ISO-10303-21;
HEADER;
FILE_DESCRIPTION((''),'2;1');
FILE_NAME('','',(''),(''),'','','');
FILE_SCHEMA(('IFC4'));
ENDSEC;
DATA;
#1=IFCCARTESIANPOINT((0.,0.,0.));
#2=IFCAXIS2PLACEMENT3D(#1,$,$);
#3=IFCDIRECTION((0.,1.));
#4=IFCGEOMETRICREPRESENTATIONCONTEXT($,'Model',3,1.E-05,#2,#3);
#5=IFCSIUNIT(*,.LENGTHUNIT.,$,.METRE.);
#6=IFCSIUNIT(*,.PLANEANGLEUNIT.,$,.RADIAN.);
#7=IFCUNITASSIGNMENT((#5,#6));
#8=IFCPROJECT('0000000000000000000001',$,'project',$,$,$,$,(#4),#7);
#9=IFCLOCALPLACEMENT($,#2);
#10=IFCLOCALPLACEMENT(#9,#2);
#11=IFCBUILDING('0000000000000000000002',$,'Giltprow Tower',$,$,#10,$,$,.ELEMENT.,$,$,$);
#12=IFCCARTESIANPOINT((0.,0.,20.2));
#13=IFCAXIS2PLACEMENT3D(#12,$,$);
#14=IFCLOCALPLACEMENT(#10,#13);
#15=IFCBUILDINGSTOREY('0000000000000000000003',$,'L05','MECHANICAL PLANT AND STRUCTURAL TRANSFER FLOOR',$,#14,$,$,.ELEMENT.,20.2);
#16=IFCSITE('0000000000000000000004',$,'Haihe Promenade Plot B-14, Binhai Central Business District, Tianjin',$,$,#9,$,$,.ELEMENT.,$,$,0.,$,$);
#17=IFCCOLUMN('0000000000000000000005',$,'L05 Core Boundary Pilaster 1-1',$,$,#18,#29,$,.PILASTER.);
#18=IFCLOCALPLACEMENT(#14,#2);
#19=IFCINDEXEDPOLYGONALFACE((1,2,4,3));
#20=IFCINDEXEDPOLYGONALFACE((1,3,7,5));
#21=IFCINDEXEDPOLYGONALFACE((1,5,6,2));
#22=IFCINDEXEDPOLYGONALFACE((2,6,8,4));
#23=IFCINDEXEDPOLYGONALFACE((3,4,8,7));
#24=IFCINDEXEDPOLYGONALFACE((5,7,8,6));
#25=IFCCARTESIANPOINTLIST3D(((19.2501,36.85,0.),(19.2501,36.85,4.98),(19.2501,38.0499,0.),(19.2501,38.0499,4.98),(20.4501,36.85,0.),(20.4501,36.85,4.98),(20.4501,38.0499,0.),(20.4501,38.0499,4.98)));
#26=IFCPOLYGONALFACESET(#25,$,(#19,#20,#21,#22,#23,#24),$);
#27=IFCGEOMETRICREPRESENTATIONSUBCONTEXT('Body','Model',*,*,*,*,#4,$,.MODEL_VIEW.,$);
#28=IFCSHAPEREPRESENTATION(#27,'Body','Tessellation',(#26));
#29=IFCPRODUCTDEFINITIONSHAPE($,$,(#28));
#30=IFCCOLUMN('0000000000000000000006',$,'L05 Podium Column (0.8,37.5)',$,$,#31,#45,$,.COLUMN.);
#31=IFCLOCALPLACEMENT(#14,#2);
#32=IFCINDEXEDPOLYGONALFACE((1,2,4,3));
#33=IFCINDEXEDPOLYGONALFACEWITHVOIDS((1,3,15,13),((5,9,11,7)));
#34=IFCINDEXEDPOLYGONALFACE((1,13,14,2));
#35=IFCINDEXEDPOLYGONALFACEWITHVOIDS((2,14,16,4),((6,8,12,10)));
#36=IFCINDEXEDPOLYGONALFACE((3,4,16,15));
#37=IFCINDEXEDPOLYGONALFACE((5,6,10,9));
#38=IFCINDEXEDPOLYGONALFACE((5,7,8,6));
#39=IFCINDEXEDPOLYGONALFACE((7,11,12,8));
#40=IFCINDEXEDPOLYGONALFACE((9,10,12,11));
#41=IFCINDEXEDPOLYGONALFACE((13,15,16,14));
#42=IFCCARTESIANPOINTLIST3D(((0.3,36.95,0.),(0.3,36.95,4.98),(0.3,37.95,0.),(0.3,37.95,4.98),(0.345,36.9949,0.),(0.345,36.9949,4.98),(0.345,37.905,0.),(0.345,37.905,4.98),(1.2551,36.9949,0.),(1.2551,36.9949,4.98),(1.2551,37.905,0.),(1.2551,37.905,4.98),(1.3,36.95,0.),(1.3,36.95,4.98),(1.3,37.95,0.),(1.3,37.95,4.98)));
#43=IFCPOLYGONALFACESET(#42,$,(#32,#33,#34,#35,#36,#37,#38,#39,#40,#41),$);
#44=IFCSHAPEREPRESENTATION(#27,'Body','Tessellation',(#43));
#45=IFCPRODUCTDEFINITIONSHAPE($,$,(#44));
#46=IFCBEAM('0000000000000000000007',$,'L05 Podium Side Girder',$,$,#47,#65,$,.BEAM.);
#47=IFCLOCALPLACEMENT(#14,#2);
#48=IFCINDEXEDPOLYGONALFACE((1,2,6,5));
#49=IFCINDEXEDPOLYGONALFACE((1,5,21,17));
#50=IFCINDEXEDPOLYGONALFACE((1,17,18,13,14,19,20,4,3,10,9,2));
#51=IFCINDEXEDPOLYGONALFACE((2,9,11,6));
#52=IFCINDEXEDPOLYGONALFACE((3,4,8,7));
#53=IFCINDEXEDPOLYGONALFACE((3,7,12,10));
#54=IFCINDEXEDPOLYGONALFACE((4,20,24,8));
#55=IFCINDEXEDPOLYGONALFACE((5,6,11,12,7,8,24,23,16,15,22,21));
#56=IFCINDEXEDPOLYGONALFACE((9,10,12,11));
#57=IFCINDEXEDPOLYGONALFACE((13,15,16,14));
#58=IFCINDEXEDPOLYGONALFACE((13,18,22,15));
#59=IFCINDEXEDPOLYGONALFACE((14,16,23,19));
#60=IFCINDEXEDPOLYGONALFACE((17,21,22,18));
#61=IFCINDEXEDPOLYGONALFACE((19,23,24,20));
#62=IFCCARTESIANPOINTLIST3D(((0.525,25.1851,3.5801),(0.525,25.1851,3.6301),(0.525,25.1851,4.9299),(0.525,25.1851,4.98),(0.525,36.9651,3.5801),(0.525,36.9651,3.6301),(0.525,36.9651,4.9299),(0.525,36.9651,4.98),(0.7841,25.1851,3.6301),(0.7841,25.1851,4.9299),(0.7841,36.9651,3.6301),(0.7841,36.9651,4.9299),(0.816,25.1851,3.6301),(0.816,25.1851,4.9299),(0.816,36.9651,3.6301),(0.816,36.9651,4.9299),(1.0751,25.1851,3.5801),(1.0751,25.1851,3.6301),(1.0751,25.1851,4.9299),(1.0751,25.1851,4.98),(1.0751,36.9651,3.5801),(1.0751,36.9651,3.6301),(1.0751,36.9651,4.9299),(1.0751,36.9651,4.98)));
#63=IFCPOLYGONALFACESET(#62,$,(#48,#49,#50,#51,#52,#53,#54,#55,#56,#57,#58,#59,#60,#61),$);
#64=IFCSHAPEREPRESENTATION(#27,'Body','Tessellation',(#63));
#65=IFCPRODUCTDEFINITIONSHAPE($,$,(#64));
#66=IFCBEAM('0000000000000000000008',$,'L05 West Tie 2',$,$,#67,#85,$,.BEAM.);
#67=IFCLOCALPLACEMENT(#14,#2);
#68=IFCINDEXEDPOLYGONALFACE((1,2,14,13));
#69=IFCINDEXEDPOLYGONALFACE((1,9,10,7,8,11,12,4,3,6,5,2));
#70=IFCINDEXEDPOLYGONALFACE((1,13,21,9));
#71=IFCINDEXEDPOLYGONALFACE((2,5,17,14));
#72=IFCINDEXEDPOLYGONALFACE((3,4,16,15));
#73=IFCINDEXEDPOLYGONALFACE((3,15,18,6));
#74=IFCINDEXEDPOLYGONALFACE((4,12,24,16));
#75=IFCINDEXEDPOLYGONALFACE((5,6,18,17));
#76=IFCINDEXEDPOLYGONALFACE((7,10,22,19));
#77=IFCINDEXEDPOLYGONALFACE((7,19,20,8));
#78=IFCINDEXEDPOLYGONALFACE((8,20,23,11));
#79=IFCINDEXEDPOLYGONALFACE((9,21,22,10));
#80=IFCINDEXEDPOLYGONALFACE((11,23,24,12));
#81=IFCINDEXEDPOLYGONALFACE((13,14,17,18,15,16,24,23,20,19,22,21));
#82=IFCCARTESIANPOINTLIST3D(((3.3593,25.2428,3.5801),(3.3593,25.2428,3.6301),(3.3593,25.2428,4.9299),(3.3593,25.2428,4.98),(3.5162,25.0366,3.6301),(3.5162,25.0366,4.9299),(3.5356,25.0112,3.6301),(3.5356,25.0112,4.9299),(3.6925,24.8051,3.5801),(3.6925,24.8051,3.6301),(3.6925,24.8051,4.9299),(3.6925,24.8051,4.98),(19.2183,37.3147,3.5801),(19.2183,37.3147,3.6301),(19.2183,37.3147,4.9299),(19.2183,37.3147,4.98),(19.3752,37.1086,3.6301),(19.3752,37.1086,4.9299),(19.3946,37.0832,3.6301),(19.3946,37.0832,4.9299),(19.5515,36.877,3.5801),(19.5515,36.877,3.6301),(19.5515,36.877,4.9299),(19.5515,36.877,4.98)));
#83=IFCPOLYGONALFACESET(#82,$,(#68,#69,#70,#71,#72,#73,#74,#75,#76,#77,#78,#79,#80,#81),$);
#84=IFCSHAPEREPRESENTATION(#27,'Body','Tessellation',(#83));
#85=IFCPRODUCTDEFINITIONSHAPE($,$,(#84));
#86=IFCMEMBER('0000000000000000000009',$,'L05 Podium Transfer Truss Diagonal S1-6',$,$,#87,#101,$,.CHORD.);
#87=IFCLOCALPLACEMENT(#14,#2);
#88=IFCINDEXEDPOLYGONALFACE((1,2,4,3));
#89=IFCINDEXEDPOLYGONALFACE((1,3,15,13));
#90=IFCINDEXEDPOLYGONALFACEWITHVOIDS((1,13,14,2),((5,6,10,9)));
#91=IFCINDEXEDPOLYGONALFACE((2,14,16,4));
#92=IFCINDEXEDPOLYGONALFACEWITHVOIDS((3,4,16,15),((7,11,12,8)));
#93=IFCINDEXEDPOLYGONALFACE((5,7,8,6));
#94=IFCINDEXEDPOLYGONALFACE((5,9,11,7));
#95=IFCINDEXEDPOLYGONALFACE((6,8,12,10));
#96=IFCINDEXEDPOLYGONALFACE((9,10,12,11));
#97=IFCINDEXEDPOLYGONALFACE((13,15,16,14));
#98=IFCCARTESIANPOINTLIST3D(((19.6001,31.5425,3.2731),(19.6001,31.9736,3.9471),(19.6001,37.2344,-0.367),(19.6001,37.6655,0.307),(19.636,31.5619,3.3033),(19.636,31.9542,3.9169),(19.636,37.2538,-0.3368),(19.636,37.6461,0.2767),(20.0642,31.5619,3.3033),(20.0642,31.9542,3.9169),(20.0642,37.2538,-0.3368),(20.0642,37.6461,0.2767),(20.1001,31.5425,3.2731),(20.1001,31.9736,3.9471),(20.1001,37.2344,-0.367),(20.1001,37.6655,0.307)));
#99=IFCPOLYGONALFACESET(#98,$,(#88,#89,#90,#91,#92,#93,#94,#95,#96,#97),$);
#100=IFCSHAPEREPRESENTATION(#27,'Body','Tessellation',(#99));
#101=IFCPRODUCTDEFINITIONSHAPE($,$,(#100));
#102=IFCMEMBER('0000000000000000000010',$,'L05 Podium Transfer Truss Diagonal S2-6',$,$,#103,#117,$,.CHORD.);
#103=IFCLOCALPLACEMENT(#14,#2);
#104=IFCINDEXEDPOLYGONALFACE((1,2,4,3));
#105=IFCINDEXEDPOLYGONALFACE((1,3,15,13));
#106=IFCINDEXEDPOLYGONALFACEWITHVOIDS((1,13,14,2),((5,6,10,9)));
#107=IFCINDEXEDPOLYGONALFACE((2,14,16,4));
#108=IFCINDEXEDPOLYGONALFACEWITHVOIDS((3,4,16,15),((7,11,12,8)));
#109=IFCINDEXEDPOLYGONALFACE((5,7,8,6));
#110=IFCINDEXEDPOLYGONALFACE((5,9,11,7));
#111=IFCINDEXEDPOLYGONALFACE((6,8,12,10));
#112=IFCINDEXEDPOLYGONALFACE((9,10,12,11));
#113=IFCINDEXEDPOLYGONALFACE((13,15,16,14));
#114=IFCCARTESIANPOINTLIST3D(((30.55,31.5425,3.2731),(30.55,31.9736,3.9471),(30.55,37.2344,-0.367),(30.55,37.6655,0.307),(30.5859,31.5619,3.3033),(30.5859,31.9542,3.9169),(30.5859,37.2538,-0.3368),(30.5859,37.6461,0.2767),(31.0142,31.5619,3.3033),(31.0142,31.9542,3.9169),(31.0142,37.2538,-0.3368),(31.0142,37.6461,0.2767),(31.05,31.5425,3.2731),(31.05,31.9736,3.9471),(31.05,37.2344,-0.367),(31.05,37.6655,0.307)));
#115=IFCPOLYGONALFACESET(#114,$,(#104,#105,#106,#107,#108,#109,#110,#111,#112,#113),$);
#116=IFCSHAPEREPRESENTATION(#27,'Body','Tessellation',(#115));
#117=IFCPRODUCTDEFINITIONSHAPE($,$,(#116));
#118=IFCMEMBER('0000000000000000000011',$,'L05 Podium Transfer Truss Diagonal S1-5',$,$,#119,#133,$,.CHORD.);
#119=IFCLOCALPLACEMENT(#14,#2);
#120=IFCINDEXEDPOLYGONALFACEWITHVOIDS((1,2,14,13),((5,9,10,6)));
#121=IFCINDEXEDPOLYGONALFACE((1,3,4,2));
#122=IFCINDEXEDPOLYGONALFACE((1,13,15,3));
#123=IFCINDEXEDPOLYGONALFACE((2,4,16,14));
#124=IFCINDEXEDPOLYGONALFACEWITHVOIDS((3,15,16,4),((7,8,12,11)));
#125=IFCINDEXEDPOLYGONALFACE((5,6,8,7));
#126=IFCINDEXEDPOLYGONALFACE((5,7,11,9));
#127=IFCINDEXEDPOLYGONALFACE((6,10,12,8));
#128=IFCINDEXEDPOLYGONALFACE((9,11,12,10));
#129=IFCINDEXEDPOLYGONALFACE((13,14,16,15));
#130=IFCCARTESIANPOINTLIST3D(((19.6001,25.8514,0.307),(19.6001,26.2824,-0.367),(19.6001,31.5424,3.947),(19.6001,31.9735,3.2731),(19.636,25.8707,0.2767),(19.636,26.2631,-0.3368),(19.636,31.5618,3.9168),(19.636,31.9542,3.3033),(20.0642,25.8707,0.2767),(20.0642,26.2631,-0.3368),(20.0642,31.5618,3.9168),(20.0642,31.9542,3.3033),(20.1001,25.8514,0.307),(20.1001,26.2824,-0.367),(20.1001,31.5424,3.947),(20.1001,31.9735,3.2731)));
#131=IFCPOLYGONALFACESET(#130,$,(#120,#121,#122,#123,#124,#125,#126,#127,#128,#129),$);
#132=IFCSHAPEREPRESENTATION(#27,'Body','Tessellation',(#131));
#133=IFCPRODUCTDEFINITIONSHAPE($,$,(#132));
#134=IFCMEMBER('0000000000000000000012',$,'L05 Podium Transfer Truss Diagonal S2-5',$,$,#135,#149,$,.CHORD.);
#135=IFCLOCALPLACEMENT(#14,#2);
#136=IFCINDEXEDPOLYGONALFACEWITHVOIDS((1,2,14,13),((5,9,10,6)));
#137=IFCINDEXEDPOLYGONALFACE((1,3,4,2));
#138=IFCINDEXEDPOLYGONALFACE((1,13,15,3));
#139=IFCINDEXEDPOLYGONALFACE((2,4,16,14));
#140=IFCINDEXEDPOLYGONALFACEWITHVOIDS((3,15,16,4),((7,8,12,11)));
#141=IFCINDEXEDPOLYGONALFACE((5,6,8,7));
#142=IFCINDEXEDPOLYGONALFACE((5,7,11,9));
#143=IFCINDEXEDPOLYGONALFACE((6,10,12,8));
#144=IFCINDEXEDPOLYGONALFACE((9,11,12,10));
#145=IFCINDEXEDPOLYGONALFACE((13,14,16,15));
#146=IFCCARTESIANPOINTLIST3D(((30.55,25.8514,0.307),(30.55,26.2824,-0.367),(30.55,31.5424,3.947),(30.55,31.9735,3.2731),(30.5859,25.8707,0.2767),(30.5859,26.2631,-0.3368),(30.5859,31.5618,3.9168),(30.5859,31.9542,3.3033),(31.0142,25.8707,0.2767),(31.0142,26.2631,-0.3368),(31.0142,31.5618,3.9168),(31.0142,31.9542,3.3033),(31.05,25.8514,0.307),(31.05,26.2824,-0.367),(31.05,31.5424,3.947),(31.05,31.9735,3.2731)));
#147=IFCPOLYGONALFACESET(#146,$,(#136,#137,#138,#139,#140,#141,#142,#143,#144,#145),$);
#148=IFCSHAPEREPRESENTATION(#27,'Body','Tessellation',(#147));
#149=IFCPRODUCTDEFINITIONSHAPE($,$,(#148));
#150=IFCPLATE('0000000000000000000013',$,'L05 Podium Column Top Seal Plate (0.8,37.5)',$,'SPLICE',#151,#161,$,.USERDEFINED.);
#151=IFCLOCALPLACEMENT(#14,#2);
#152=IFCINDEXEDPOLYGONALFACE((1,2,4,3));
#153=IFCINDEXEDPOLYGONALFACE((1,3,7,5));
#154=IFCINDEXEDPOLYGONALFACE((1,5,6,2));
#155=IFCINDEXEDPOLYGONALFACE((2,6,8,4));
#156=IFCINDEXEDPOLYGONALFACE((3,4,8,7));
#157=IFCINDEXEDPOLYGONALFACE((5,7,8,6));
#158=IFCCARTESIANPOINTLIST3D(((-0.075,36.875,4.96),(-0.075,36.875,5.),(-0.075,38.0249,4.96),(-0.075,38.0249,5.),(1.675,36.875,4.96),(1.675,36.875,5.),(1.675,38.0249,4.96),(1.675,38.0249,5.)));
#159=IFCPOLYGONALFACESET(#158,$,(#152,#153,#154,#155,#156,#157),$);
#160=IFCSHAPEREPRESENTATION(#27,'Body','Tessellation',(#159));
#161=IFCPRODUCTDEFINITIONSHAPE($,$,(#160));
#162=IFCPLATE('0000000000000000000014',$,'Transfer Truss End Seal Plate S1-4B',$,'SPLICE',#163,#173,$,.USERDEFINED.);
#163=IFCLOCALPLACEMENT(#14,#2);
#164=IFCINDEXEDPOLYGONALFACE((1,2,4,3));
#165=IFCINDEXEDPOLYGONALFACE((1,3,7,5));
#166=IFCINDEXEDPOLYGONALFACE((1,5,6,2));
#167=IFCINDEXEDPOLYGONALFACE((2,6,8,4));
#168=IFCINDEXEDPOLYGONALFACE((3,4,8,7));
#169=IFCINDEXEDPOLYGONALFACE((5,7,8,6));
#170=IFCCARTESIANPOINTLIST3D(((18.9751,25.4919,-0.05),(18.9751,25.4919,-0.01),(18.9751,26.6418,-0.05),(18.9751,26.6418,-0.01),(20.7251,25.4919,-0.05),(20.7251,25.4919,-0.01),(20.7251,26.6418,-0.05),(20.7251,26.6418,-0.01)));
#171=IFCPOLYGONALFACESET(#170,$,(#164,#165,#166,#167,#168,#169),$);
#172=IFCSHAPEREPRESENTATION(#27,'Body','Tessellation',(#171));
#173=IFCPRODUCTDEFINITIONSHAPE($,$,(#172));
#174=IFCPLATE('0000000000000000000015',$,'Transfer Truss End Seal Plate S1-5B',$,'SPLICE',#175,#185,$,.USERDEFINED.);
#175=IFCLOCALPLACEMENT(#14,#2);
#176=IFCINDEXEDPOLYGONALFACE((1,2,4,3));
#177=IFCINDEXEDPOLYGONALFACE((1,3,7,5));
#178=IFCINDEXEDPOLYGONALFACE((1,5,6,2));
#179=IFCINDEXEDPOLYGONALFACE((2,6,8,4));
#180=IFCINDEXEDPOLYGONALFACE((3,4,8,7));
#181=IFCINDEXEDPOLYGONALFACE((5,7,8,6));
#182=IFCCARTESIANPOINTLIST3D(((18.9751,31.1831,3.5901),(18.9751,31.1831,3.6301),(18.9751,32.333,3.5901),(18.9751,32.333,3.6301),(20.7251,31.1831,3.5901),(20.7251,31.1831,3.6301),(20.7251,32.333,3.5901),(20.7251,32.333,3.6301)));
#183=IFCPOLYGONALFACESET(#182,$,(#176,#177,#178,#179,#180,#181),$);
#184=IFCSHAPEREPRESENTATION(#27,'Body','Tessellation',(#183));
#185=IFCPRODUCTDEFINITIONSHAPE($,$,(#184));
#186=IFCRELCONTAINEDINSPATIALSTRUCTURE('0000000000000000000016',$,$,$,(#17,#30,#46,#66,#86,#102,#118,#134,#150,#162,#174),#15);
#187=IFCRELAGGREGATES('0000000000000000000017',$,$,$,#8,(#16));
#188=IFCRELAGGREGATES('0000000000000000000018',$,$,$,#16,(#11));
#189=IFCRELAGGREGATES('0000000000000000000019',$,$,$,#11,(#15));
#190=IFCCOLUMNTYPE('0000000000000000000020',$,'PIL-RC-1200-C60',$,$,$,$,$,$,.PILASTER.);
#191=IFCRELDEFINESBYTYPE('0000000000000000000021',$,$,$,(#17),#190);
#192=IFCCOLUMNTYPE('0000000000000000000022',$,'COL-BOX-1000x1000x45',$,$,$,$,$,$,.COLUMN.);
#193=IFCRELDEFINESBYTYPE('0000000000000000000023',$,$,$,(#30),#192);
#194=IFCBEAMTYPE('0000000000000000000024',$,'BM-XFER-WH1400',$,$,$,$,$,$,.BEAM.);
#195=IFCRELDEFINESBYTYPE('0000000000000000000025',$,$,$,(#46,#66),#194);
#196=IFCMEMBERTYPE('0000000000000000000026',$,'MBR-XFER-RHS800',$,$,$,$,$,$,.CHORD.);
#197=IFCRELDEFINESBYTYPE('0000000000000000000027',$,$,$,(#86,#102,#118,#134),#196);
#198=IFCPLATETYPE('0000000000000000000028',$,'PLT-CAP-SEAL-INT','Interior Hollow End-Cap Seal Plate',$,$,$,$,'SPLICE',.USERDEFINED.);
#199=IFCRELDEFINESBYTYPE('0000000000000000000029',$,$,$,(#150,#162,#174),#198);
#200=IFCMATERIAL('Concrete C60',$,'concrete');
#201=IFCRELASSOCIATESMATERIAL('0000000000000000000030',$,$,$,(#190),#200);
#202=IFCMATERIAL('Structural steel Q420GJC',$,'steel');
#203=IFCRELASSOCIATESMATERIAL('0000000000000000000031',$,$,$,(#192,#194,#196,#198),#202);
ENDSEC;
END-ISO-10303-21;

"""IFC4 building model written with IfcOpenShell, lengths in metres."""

from ifc_helpers import new_model, si_unit, direction, frame, origin, origin_2d, place, context, subcontext, project, spatial, rectangle, hollow_rectangle, i_section, extrude, source, transform, mapped, material, material_profile, profile_set, type_object, element, save


model = new_model("IFC4")

# Units and contexts
model_context = context("Model", 3, precision=1e-05, world=origin(), true_north=direction((0.0, 1.0)))
body_context = subcontext(model_context, "Body", "Model", "MODEL_VIEW")
ifc_project = project(units=[si_unit("LENGTHUNIT", "METRE"), si_unit("PLANEANGLEUNIT", "RADIAN")], contexts=[model_context])

# Site, building, storey
site_placement = place(None, origin())
site = spatial("IfcSite", under=ifc_project, at=site_placement, Name="Haihe Promenade Plot B-14, Binhai Central Business District, Tianjin", CompositionType="ELEMENT", RefElevation=0.0)
building_placement = place(site_placement, origin())
building = spatial("IfcBuilding", under=site, at=building_placement, Name="Giltprow Tower", CompositionType="ELEMENT")
storey_placement = place(building_placement, frame((0.0, 0.0, 20.2)))
storey = spatial("IfcBuildingStorey", under=building, at=storey_placement, Name="L05", Description="MECHANICAL PLANT AND STRUCTURAL TRANSFER FLOOR", CompositionType="ELEMENT", Elevation=20.2)

# Columns
ifc_material_1 = material(Name="Concrete C60", Category="concrete")
ifc_material_profile_1 = material_profile(ifc_material_1, rectangle(XDim=1.2, YDim=1.2, at=origin_2d()), Name="RC 1200x1200")
ifc_profile_set_1 = profile_set([ifc_material_profile_1], Name="Concrete C60")
column_type_1 = type_object("IfcColumnType", Name="PIL-RC-1200-C60", PredefinedType="PILASTER", material=ifc_profile_set_1)
shared_shape_1 = source(origin(), body_context, "Body", "SweptSolid", [
    extrude(rectangle(XDim=1.2, YDim=1.2, at=origin_2d()), origin(), (0.0, 0.0, 1.0), 4.98),
])
column_1_placement = place(storey_placement, frame((19.8501, 37.45, 0.0), z_axis=(0.0, 0.0, 1.0), x_axis=(1.0, 0.0, 0.0)))
element("IfcColumn", 1, at=column_1_placement, inside=storey, type_object=column_type_1, Name="L05 Core Boundary Pilaster 1-1", PredefinedType="PILASTER", context=body_context, shape_type="MappedRepresentation", body=[
    mapped(shared_shape_1, transform((0.0, 0.0, 0.0), x_axis=(1.0, 0.0, 0.0), y_axis=(0.0, 1.0, 0.0), z_axis=(0.0, 0.0, 1.0), scale=1.0)),
])
ifc_material_2 = material(Name="Structural steel Q420GJC", Category="steel")
ifc_material_profile_2 = material_profile(ifc_material_2, hollow_rectangle(XDim=1.0, YDim=1.0, WallThickness=0.0449, at=origin_2d()), Name="BOX 1000x1000x45")
ifc_profile_set_2 = profile_set([ifc_material_profile_2], Name="Structural steel Q420GJC")
column_type_2 = type_object("IfcColumnType", Name="COL-BOX-1000x1000x45", PredefinedType="COLUMN", material=ifc_profile_set_2)
shared_shape_2 = source(origin(), body_context, "Body", "SweptSolid", [
    extrude(hollow_rectangle(XDim=1.0, YDim=1.0, WallThickness=0.0449, at=origin_2d()), origin(), (0.0, 0.0, 1.0), 4.98),
])
column_2_placement = place(storey_placement, frame((0.8, 37.45, 0.0), z_axis=(0.0, 0.0, 1.0), x_axis=(1.0, 0.0, 0.0)))
element("IfcColumn", 2, at=column_2_placement, inside=storey, type_object=column_type_2, Name="L05 Podium Column (0.8,37.5)", PredefinedType="COLUMN", context=body_context, shape_type="MappedRepresentation", body=[
    mapped(shared_shape_2, transform((0.0, 0.0, 0.0), x_axis=(1.0, 0.0, 0.0), y_axis=(0.0, 1.0, 0.0), z_axis=(0.0, 0.0, 1.0), scale=1.0)),
])

# Beams
ifc_material_profile_3 = material_profile(ifc_material_2, i_section(OverallWidth=0.55, OverallDepth=1.3999, WebThickness=0.032, FlangeThickness=0.05, at=origin_2d()), Name="WH 1400x550x32x50")
ifc_profile_set_3 = profile_set([ifc_material_profile_3], Name="Structural steel Q420GJC")
beam_type = type_object("IfcBeamType", Name="BM-XFER-WH1400", PredefinedType="BEAM", material=ifc_profile_set_3)
shared_shape_3 = source(origin(), body_context, "Body", "SweptSolid", [
    extrude(i_section(OverallWidth=0.55, OverallDepth=1.3999, WebThickness=0.032, FlangeThickness=0.05, at=origin_2d()), origin(), (0.0, 0.0, 1.0), 11.78),
])
beam_1_placement = place(storey_placement, frame((0.8, 25.1851, 4.28), z_axis=(0.0, 1.0, 0.0), x_axis=(-1.0, 0.0, 0.0)))
element("IfcBeam", 3, at=beam_1_placement, inside=storey, type_object=beam_type, Name="L05 Podium Side Girder", PredefinedType="BEAM", context=body_context, shape_type="MappedRepresentation", body=[
    mapped(shared_shape_3, transform((0.0, 0.0, 0.0), x_axis=(1.0, 0.0, 0.0), y_axis=(0.0, 1.0, 0.0), z_axis=(0.0, 0.0, 1.0), scale=1.0)),
])
shared_shape_4 = source(origin(), body_context, "Body", "SweptSolid", [
    extrude(i_section(OverallWidth=0.55, OverallDepth=1.3999, WebThickness=0.032, FlangeThickness=0.05, at=origin_2d()), origin(), (0.0, 0.0, 1.0), 19.9309),
])
beam_2_placement = place(storey_placement, frame((3.5259, 25.0239, 4.28), z_axis=(0.795701, 0.60569, 0.0), x_axis=(-0.60569, 0.795701, 0.0)))
element("IfcBeam", 4, at=beam_2_placement, inside=storey, type_object=beam_type, Name="L05 West Tie 2", PredefinedType="BEAM", context=body_context, shape_type="MappedRepresentation", body=[
    mapped(shared_shape_4, transform((0.0, 0.0, 0.0), x_axis=(1.0, 0.0, 0.0), y_axis=(0.0, 1.0, 0.0), z_axis=(0.0, 0.0, 1.0), scale=1.0)),
])

# Members
ifc_material_profile_4 = material_profile(ifc_material_2, hollow_rectangle(XDim=0.5, YDim=0.8, WallThickness=0.0359, at=origin_2d()), Name="RHS 800x500x36")
ifc_profile_set_4 = profile_set([ifc_material_profile_4], Name="Structural steel Q420GJC")
member_type = type_object("IfcMemberType", Name="MBR-XFER-RHS800", PredefinedType="CHORD", material=ifc_profile_set_4)
shared_shape_5 = source(origin(), body_context, "Body", "SweptSolid", [
    extrude(hollow_rectangle(XDim=0.5, YDim=0.8, WallThickness=0.0359, at=origin_2d()), origin(), (0.0, 0.0, 1.0), 6.7563),
])
for number, where, z_axis, x_axis, name in (
    (5, (19.8501, 31.7581, 3.6101), (0.0, 0.842451, -0.538773), (-1.0, 0.0, 0.0), "L05 Podium Transfer Truss Diagonal S1-6"),
    (6, (30.8, 31.7581, 3.6101), (0.0, 0.842451, -0.538773), (-1.0, 0.0, 0.0), "L05 Podium Transfer Truss Diagonal S2-6"),
):
    element("IfcMember", number, at=place(storey_placement, frame(where, z_axis=z_axis, x_axis=x_axis)), inside=storey, type_object=member_type, Name=name, PredefinedType="CHORD", context=body_context, shape_type="MappedRepresentation", body=[
        mapped(shared_shape_5, transform((0.0, 0.0, 0.0), x_axis=(1.0, 0.0, 0.0), y_axis=(0.0, 1.0, 0.0), z_axis=(0.0, 0.0, 1.0), scale=1.0)),
    ])
shared_shape_6 = source(origin(), body_context, "Body", "SweptSolid", [
    extrude(hollow_rectangle(XDim=0.5, YDim=0.8, WallThickness=0.0359, at=origin_2d()), origin(), (0.0, 0.0, 1.0), 6.7556),
])
for number, where, z_axis, x_axis, name in (
    (7, (19.8501, 26.0669, -0.03), (0.0, 0.84242, 0.538822), (-1.0, 0.0, 0.0), "L05 Podium Transfer Truss Diagonal S1-5"),
    (8, (30.8, 26.0669, -0.03), (0.0, 0.84242, 0.538822), (-1.0, 0.0, 0.0), "L05 Podium Transfer Truss Diagonal S2-5"),
):
    element("IfcMember", number, at=place(storey_placement, frame(where, z_axis=z_axis, x_axis=x_axis)), inside=storey, type_object=member_type, Name=name, PredefinedType="CHORD", context=body_context, shape_type="MappedRepresentation", body=[
        mapped(shared_shape_6, transform((0.0, 0.0, 0.0), x_axis=(1.0, 0.0, 0.0), y_axis=(0.0, 1.0, 0.0), z_axis=(0.0, 0.0, 1.0), scale=1.0)),
    ])

# Plates
plate_type = type_object("IfcPlateType", Name="PLT-CAP-SEAL-INT", Description="Interior Hollow End-Cap Seal Plate", ElementType="SPLICE", PredefinedType="USERDEFINED", material=ifc_material_2)
shared_shape_7 = source(origin(), body_context, "Body", "SweptSolid", [
    extrude(rectangle(XDim=1.75, YDim=1.1499, at=origin_2d()), origin(), (0.0, 0.0, 1.0), 0.04),
])
for number, where, z_axis, x_axis, name in (
    (9, (0.8, 37.45, 4.96), (0.0, 0.0, 1.0), (1.0, 0.0, 0.0), "L05 Podium Column Top Seal Plate (0.8,37.5)"),
    (10, (19.8501, 26.0669, -0.05), (0.0, 0.0, 1.0), (1.0, 0.0, 0.0), "Transfer Truss End Seal Plate S1-4B"),
    (11, (19.8501, 31.7581, 3.5901), (0.0, 0.0, 1.0), (1.0, 0.0, 0.0), "Transfer Truss End Seal Plate S1-5B"),
):
    element("IfcPlate", number, at=place(storey_placement, frame(where, z_axis=z_axis, x_axis=x_axis)), inside=storey, type_object=plate_type, Name=name, ObjectType="SPLICE", PredefinedType="USERDEFINED", context=body_context, shape_type="MappedRepresentation", body=[
        mapped(shared_shape_7, transform((0.0, 0.0, 0.0), x_axis=(1.0, 0.0, 0.0), y_axis=(0.0, 1.0, 0.0), z_axis=(0.0, 0.0, 1.0), scale=1.0)),
    ])

save(model, "model.ifc")
